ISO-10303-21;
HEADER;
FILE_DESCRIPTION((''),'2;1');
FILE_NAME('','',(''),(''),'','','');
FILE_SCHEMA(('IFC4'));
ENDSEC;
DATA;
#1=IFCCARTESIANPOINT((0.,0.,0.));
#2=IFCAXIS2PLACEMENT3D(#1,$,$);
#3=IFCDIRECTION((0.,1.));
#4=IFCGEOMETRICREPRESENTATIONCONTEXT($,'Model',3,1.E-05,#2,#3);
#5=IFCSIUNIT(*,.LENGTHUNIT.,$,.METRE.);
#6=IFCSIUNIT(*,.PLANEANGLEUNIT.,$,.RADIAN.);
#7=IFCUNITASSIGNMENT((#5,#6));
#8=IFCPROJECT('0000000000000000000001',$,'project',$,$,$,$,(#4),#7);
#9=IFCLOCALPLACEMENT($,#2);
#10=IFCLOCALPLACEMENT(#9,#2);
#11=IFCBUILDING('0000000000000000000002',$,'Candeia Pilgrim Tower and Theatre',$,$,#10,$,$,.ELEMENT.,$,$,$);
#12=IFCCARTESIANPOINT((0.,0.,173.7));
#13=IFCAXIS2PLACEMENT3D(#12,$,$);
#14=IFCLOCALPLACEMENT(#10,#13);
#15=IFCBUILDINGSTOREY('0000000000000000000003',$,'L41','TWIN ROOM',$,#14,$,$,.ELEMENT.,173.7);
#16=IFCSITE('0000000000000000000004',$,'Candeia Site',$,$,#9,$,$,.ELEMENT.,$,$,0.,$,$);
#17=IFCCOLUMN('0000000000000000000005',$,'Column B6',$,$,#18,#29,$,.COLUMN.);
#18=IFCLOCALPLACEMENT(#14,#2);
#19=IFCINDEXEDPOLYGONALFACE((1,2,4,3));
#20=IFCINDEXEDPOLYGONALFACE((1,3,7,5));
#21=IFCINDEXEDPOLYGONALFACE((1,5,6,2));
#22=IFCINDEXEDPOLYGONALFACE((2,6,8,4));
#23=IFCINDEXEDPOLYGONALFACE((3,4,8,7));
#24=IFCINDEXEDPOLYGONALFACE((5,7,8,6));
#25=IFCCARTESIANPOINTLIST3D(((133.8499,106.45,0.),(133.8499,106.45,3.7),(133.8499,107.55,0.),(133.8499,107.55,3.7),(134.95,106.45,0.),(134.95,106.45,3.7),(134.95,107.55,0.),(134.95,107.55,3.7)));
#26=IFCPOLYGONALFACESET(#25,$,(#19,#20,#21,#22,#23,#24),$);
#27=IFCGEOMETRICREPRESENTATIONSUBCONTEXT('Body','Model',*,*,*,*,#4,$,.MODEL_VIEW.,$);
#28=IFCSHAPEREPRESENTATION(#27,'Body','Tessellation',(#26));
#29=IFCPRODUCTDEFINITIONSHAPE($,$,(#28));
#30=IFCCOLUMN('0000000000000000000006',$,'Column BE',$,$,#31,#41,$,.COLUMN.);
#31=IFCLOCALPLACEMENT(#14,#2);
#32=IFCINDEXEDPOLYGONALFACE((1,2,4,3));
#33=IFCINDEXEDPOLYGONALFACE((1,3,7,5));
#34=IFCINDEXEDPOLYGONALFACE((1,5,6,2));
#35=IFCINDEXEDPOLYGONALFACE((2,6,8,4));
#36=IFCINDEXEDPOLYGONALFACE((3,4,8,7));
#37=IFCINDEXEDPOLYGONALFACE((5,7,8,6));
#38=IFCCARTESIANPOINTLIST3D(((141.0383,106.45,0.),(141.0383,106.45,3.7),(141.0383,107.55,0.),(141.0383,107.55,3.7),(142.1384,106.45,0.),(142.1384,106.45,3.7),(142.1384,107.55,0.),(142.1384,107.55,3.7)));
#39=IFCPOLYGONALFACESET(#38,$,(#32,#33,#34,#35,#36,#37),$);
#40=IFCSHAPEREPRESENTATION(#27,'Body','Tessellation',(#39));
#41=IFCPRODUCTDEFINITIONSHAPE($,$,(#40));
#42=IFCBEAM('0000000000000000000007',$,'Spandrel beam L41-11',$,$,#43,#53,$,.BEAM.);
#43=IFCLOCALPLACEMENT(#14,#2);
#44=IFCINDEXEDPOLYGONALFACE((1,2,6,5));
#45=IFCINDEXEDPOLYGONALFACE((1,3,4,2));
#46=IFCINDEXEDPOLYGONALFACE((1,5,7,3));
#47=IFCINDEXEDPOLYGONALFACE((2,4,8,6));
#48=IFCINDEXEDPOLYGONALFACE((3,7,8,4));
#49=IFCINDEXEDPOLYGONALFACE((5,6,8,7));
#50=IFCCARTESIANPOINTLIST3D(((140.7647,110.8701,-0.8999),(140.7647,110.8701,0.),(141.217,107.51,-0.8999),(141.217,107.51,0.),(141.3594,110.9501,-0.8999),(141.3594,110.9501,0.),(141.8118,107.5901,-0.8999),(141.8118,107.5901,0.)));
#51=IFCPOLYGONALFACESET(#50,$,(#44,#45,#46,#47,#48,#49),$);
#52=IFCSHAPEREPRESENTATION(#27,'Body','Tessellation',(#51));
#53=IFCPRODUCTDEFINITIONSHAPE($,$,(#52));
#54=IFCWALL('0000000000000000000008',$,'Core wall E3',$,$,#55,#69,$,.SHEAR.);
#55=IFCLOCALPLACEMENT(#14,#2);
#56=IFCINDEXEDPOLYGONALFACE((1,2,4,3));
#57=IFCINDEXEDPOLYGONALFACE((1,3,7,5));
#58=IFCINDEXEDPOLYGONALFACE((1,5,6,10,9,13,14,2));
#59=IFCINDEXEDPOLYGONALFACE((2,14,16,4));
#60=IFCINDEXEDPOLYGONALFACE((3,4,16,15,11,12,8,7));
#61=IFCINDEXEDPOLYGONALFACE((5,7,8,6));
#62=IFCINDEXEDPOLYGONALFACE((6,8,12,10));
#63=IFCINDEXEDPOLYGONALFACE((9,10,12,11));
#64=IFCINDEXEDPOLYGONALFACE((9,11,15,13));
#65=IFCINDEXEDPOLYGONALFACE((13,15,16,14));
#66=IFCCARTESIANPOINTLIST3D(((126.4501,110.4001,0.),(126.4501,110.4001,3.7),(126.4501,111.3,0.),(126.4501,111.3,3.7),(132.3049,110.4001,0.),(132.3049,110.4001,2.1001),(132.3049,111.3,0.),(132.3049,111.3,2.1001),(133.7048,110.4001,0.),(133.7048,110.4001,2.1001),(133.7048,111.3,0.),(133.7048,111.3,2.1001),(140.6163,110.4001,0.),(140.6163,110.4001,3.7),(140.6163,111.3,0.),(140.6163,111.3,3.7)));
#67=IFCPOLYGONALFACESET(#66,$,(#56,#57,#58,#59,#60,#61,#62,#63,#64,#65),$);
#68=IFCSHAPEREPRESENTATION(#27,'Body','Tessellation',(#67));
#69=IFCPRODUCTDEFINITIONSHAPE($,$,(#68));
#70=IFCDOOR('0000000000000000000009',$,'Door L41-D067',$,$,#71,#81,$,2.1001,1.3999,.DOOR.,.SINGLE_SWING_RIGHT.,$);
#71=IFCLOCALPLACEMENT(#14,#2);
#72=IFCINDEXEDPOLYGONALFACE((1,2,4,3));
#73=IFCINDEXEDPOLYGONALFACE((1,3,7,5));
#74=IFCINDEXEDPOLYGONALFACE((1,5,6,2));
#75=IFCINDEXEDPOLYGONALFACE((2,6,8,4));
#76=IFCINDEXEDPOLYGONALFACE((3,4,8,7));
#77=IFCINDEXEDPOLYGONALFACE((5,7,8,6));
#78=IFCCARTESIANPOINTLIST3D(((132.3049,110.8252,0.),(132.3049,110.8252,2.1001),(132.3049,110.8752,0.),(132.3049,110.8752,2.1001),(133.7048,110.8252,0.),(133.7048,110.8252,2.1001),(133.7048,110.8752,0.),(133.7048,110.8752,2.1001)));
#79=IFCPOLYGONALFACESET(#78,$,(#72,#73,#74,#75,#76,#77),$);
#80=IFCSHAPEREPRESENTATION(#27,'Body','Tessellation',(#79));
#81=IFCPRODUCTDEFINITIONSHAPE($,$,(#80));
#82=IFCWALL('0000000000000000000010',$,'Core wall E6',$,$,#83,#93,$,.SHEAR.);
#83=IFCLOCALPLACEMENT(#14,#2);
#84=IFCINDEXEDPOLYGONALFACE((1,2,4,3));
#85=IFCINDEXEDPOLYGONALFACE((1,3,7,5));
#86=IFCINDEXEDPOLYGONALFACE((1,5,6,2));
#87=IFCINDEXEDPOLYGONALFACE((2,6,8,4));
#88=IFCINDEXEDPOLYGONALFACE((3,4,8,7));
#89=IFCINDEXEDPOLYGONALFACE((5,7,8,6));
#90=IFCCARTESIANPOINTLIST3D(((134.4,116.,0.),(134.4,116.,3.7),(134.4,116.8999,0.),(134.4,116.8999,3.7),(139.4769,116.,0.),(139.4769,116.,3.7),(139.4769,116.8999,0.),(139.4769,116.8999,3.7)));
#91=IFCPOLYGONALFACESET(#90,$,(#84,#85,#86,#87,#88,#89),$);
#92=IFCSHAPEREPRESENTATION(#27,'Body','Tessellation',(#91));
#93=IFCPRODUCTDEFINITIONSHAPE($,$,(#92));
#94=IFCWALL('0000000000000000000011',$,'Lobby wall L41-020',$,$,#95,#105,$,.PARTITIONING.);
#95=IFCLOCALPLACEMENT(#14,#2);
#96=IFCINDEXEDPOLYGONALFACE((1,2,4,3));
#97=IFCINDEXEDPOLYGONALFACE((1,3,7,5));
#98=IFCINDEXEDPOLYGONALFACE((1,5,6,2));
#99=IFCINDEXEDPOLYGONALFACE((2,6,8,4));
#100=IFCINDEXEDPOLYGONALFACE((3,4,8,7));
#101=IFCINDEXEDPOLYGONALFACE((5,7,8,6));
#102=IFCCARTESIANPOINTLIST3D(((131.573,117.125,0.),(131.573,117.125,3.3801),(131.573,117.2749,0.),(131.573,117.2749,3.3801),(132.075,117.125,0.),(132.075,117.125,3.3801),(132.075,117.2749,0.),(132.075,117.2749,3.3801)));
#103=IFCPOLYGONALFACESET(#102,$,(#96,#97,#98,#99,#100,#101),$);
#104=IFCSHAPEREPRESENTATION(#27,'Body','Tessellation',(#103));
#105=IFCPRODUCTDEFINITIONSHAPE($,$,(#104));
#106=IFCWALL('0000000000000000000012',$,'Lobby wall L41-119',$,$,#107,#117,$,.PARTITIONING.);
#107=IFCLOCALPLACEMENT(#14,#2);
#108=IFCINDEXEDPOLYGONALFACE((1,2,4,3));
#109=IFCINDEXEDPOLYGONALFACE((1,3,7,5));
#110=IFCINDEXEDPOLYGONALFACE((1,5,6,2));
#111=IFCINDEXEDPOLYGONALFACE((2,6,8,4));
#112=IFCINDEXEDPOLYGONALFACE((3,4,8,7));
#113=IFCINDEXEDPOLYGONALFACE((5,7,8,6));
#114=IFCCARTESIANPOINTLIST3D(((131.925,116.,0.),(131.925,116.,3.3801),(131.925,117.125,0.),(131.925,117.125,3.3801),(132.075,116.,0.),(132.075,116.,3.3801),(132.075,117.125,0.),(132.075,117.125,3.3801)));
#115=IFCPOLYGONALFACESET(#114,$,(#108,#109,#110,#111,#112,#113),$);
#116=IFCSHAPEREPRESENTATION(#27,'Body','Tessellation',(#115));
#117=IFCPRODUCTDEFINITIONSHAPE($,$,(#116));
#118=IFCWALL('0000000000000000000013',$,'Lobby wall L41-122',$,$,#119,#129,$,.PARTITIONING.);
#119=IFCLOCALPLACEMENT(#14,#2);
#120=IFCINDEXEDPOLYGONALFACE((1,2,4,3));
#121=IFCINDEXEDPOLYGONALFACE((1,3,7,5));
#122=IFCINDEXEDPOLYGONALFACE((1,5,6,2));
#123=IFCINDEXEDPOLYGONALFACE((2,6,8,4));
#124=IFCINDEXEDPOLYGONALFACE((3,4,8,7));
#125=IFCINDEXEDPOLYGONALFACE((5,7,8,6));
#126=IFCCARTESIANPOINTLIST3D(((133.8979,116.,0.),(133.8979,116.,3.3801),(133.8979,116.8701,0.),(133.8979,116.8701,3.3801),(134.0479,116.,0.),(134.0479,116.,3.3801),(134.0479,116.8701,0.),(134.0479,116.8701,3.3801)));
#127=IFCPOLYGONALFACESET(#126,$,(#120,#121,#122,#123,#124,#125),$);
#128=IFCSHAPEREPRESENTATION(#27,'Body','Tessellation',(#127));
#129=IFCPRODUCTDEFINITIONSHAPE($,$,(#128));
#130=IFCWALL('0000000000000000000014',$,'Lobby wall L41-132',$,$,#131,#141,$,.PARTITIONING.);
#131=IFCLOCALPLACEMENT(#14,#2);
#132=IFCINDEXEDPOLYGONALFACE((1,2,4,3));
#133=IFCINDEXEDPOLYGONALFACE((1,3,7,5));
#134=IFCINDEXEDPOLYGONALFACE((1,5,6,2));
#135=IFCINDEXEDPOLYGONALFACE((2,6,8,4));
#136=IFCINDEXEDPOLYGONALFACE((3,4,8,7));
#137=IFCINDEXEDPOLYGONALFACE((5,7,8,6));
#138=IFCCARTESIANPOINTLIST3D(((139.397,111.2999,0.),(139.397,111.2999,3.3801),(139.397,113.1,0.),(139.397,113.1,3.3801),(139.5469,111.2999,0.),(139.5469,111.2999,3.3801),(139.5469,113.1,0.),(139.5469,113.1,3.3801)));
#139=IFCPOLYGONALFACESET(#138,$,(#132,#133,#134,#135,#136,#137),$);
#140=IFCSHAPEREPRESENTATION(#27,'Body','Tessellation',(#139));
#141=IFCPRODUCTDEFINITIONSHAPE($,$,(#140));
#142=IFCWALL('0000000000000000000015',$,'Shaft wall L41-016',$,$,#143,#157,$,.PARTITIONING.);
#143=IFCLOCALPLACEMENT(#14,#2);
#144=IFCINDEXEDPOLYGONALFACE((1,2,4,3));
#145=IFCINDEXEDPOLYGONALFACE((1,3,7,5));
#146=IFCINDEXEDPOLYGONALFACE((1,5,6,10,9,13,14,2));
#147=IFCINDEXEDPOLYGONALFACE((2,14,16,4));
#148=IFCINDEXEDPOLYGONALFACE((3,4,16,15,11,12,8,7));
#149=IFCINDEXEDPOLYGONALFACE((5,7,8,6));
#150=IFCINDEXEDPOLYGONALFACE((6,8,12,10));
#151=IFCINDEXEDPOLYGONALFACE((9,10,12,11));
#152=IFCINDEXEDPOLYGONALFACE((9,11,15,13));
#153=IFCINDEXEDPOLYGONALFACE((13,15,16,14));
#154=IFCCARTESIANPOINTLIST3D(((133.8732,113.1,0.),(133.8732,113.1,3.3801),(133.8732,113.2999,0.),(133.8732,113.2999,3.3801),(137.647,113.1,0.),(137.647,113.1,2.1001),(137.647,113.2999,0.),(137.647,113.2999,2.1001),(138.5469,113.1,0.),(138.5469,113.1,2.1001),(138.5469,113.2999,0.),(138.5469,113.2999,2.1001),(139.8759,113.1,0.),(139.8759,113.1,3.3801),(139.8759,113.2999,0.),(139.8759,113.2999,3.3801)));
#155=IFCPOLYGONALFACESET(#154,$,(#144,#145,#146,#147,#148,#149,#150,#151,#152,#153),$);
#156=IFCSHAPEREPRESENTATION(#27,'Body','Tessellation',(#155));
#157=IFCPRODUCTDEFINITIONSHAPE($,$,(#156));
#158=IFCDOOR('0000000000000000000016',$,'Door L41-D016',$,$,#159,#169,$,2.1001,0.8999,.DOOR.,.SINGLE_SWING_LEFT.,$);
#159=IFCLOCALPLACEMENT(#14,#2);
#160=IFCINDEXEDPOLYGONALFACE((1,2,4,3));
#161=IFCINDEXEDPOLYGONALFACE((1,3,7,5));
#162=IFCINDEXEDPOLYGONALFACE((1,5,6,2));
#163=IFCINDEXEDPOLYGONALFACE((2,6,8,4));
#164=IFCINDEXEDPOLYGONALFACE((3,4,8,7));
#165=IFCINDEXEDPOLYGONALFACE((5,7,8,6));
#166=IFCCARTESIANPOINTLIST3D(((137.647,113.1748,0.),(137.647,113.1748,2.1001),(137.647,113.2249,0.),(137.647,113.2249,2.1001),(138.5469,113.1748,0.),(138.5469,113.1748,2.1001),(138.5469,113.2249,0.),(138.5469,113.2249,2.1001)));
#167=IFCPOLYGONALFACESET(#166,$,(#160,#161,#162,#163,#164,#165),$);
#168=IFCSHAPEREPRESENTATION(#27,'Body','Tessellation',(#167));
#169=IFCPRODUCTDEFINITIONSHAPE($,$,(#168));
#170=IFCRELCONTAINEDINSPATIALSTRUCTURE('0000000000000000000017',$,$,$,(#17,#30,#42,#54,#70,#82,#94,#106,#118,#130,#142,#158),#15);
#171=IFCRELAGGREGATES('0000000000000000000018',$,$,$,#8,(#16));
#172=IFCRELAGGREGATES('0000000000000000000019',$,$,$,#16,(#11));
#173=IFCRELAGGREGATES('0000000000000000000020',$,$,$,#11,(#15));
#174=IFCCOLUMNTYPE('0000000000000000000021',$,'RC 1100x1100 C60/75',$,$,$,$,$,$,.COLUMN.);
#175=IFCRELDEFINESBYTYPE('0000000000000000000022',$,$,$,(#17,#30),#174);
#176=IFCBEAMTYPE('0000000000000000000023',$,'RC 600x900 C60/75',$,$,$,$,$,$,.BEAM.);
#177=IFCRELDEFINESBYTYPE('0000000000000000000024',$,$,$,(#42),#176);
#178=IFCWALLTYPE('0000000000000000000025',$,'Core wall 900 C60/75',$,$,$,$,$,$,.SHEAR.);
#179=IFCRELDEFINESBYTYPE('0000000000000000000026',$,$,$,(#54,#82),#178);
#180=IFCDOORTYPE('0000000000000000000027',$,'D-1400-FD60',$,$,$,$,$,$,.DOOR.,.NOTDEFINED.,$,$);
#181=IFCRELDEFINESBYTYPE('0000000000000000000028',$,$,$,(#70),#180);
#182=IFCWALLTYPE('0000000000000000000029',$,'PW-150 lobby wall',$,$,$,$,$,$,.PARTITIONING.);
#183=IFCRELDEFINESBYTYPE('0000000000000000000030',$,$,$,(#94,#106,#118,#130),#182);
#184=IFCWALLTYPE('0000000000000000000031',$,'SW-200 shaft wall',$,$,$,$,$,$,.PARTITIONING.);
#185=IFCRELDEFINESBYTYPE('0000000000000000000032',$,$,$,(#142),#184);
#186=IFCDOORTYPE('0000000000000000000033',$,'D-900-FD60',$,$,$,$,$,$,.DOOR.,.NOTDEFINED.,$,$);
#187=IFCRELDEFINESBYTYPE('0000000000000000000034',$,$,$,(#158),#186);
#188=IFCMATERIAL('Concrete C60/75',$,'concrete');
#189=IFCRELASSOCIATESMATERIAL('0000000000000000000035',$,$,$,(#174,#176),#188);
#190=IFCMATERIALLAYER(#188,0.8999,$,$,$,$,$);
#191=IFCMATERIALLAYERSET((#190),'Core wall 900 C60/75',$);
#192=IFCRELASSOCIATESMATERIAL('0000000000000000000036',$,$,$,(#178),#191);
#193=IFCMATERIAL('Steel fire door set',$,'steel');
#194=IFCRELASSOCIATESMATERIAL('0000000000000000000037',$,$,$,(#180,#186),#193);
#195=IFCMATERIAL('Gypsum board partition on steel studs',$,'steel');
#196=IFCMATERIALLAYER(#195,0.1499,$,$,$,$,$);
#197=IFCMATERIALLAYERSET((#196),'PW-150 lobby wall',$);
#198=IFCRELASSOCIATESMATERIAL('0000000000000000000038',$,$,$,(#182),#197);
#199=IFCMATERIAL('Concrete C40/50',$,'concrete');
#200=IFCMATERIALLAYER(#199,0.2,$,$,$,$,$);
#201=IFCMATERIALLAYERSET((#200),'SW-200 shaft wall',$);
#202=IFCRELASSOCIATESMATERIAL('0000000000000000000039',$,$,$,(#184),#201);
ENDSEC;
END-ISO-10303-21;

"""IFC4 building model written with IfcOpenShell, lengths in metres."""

from ifc_helpers import new_model, si_unit, direction, frame, frame_2d, origin, origin_2d, place, context, subcontext, project, spatial, rectangle, extrude, material, layer, layer_set, material_profile, profile_set, type_object, element, fill, save


model = new_model("IFC4")

# Units and contexts
model_context = context("Model", 3, precision=1e-05, world=origin(), true_north=direction((0.0, 1.0)))
body_context = subcontext(model_context, "Body", "Model", "MODEL_VIEW")
ifc_project = project(units=[si_unit("LENGTHUNIT", "METRE"), si_unit("PLANEANGLEUNIT", "RADIAN")], contexts=[model_context])

# Site, building, storey
site_placement = place(None, origin())
site = spatial("IfcSite", under=ifc_project, at=site_placement, Name="Candeia Site", CompositionType="ELEMENT", RefElevation=0.0)
building_placement = place(site_placement, origin())
building = spatial("IfcBuilding", under=site, at=building_placement, Name="Candeia Pilgrim Tower and Theatre", CompositionType="ELEMENT")
storey_placement = place(building_placement, frame((0.0, 0.0, 173.7)))
storey = spatial("IfcBuildingStorey", under=building, at=storey_placement, Name="L41", Description="TWIN ROOM", CompositionType="ELEMENT", Elevation=173.7)

# Columns
ifc_material_1 = material(Name="Concrete C60/75", Category="concrete")
ifc_material_profile_1 = material_profile(ifc_material_1, rectangle(XDim=1.1001, YDim=1.1001, at=origin_2d()))
ifc_profile_set_1 = profile_set([ifc_material_profile_1], Name="Concrete C60/75")
column_type = type_object("IfcColumnType", Name="RC 1100x1100 C60/75", PredefinedType="COLUMN", material=ifc_profile_set_1)
for number, where, z_axis, x_axis, name in (
    (1, (134.3999, 107.0, 0.0), (0.0, 0.0, 1.0), (1.0, 0.0, 0.0), "Column B6"),
    (2, (141.5884, 107.0, 0.0), (0.0, 0.0, 1.0), (1.0, 0.0, 0.0), "Column BE"),
):
    element("IfcColumn", number, at=place(storey_placement, frame(where, z_axis=z_axis, x_axis=x_axis)), inside=storey, type_object=column_type, Name=name, PredefinedType="COLUMN", context=body_context, shape_type="SweptSolid", body=[
        extrude(rectangle(XDim=1.1001, YDim=1.1001, at=origin_2d()), origin(), (0.0, 0.0, 1.0), 3.7),
    ])

# Beam
ifc_material_profile_2 = material_profile(ifc_material_1, rectangle(XDim=0.6001, YDim=0.8999, at=origin_2d()))
ifc_profile_set_2 = profile_set([ifc_material_profile_2], Name="Concrete C60/75")
beam_type = type_object("IfcBeamType", Name="RC 600x900 C60/75", PredefinedType="BEAM", material=ifc_profile_set_2)
beam_placement = place(storey_placement, frame((141.5144, 107.55, -0.45), z_axis=(-0.133432, 0.991058, 0.0), x_axis=(-0.991058, -0.133432, 0.0)))
element("IfcBeam", 3, at=beam_placement, inside=storey, type_object=beam_type, Name="Spandrel beam L41-11", PredefinedType="BEAM", context=body_context, shape_type="SweptSolid", body=[
    extrude(rectangle(XDim=0.6001, YDim=0.8999, at=origin_2d()), origin(), (0.0, 0.0, 1.0), 3.3904),
])

# Wall, opening, door
ifc_layer_1 = layer(ifc_material_1, 0.8999)
ifc_layer_set_1 = layer_set([ifc_layer_1], Name="Core wall 900 C60/75")
wall_type_1 = type_object("IfcWallType", Name="Core wall 900 C60/75", PredefinedType="SHEAR", material=ifc_layer_set_1)
wall_1_placement = place(storey_placement, frame((140.6162, 110.8501, 0.0), z_axis=(0.0, 0.0, 1.0), x_axis=(-1.0, 0.0, 0.0)))
wall_1 = element("IfcWall", 4, at=wall_1_placement, inside=storey, type_object=wall_type_1, Name="Core wall E3", PredefinedType="SHEAR", context=body_context, shape_type="SweptSolid", body=[
    extrude(rectangle(XDim=14.1663, YDim=0.8999, at=frame_2d((7.083, 0.0))), origin(), (0.0, 0.0, 1.0), 3.7),
])
opening_1_placement = place(wall_1_placement, frame((6.9114, 0.0, 0.0)))
opening_1 = element("IfcOpeningElement", 5, at=opening_1_placement, cuts=wall_1, PredefinedType="OPENING", context=body_context, shape_type="SweptSolid", body=[
    extrude(rectangle(XDim=1.3999, YDim=2.1001, at=frame_2d((0.7, 1.05))), frame((0.0, 0.46, 0.0), z_axis=(0.0, -1.0, 0.0), x_axis=(1.0, 0.0, 0.0)), (0.0, 0.0, 1.0), 0.9199),
])
ifc_material_2 = material(Name="Steel fire door set", Category="steel")
door_type_1 = type_object("IfcDoorType", Name="D-1400-FD60", OperationType="NOTDEFINED", PredefinedType="DOOR", material=ifc_material_2)
door_1_placement = place(opening_1_placement, origin())
door_1 = element("IfcDoor", 6, at=door_1_placement, inside=storey, type_object=door_type_1, Name="Door L41-D067", OperationType="SINGLE_SWING_RIGHT", OverallHeight=2.1001, OverallWidth=1.3999, PredefinedType="DOOR", context=body_context, shape_type="SweptSolid", body=[
    extrude(rectangle(XDim=1.3999, YDim=2.1001, at=frame_2d((0.7, 1.05))), frame((0.0, 0.0249, 0.0), z_axis=(0.0, -1.0, 0.0), x_axis=(1.0, 0.0, 0.0)), (0.0, 0.0, 1.0), 0.05),
])
fill(opening_1, door_1)

# Walls
wall_2_placement = place(storey_placement, frame((134.3999, 116.45, 0.0), z_axis=(0.0, 0.0, 1.0), x_axis=(1.0, 0.0, 0.0)))
element("IfcWall", 7, at=wall_2_placement, inside=storey, type_object=wall_type_1, Name="Core wall E6", PredefinedType="SHEAR", context=body_context, shape_type="SweptSolid", body=[
    extrude(rectangle(XDim=5.0769, YDim=0.8999, at=frame_2d((2.5386, 0.0))), origin(), (0.0, 0.0, 1.0), 3.7),
])
ifc_material_3 = material(Name="Gypsum board partition on steel studs", Category="steel")
ifc_layer_2 = layer(ifc_material_3, 0.1499)
ifc_layer_set_2 = layer_set([ifc_layer_2], Name="PW-150 lobby wall")
wall_type_2 = type_object("IfcWallType", Name="PW-150 lobby wall", PredefinedType="PARTITIONING", material=ifc_layer_set_2)
wall_3_placement = place(storey_placement, frame((131.573, 117.2, 0.0), z_axis=(0.0, 0.0, 1.0), x_axis=(1.0, 0.0, 0.0)))
element("IfcWall", 8, at=wall_3_placement, inside=storey, type_object=wall_type_2, Name="Lobby wall L41-020", PredefinedType="PARTITIONING", context=body_context, shape_type="SweptSolid", body=[
    extrude(rectangle(XDim=0.502, YDim=0.1499, at=frame_2d((0.251, 0.0))), origin(), (0.0, 0.0, 1.0), 3.3801),
])
wall_4_placement = place(storey_placement, frame((132.0, 116.0, 0.0), z_axis=(0.0, 0.0, 1.0), x_axis=(0.0, 1.0, 0.0)))
element("IfcWall", 9, at=wall_4_placement, inside=storey, type_object=wall_type_2, Name="Lobby wall L41-119", PredefinedType="PARTITIONING", context=body_context, shape_type="SweptSolid", body=[
    extrude(rectangle(XDim=1.125, YDim=0.1499, at=frame_2d((0.5625, 0.0))), origin(), (0.0, 0.0, 1.0), 3.3801),
])
wall_5_placement = place(storey_placement, frame((133.9729, 116.0, 0.0), z_axis=(0.0, 0.0, 1.0), x_axis=(0.0, 1.0, 0.0)))
element("IfcWall", 10, at=wall_5_placement, inside=storey, type_object=wall_type_2, Name="Lobby wall L41-122", PredefinedType="PARTITIONING", context=body_context, shape_type="SweptSolid", body=[
    extrude(rectangle(XDim=0.8701, YDim=0.1499, at=frame_2d((0.4351, 0.0))), origin(), (0.0, 0.0, 1.0), 3.3801),
])
wall_6_placement = place(storey_placement, frame((139.4719, 111.3, 0.0), z_axis=(0.0, 0.0, 1.0), x_axis=(0.0, 1.0, 0.0)))
element("IfcWall", 11, at=wall_6_placement, inside=storey, type_object=wall_type_2, Name="Lobby wall L41-132", PredefinedType="PARTITIONING", context=body_context, shape_type="SweptSolid", body=[
    extrude(rectangle(XDim=1.8, YDim=0.1499, at=frame_2d((0.8999, 0.0))), origin(), (0.0, 0.0, 1.0), 3.3801),
])

# Wall, opening, door
ifc_material_4 = material(Name="Concrete C40/50", Category="concrete")
ifc_layer_3 = layer(ifc_material_4, 0.2)
ifc_layer_set_3 = layer_set([ifc_layer_3], Name="SW-200 shaft wall")
wall_type_3 = type_object("IfcWallType", Name="SW-200 shaft wall", PredefinedType="PARTITIONING", material=ifc_layer_set_3)
wall_7_placement = place(storey_placement, frame((133.873, 113.2, 0.0), z_axis=(0.0, 0.0, 1.0), x_axis=(1.0, 0.0, 0.0)))
wall_7 = element("IfcWall", 12, at=wall_7_placement, inside=storey, type_object=wall_type_3, Name="Shaft wall L41-016", PredefinedType="PARTITIONING", context=body_context, shape_type="SweptSolid", body=[
    extrude(rectangle(XDim=6.0027, YDim=0.2, at=frame_2d((3.0015, 0.0))), origin(), (0.0, 0.0, 1.0), 3.3801),
])
opening_2_placement = place(wall_7_placement, frame((3.7739, 0.0, 0.0)))
opening_2 = element("IfcOpeningElement", 13, at=opening_2_placement, cuts=wall_7, PredefinedType="OPENING", context=body_context, shape_type="SweptSolid", body=[
    extrude(rectangle(XDim=0.8999, YDim=2.1001, at=frame_2d((0.45, 1.05))), frame((0.0, 0.1099, 0.0), z_axis=(0.0, -1.0, 0.0), x_axis=(1.0, 0.0, 0.0)), (0.0, 0.0, 1.0), 0.22),
])
door_type_2 = type_object("IfcDoorType", Name="D-900-FD60", OperationType="NOTDEFINED", PredefinedType="DOOR", material=ifc_material_2)
door_2_placement = place(opening_2_placement, origin())
door_2 = element("IfcDoor", 14, at=door_2_placement, inside=storey, type_object=door_type_2, Name="Door L41-D016", OperationType="SINGLE_SWING_LEFT", OverallHeight=2.1001, OverallWidth=0.8999, PredefinedType="DOOR", context=body_context, shape_type="SweptSolid", body=[
    extrude(rectangle(XDim=0.8999, YDim=2.1001, at=frame_2d((0.45, 1.05))), frame((0.0, 0.0249, 0.0), z_axis=(0.0, -1.0, 0.0), x_axis=(1.0, 0.0, 0.0)), (0.0, 0.0, 1.0), 0.05),
])
fill(opening_2, door_2)

save(model, "model.ifc")
